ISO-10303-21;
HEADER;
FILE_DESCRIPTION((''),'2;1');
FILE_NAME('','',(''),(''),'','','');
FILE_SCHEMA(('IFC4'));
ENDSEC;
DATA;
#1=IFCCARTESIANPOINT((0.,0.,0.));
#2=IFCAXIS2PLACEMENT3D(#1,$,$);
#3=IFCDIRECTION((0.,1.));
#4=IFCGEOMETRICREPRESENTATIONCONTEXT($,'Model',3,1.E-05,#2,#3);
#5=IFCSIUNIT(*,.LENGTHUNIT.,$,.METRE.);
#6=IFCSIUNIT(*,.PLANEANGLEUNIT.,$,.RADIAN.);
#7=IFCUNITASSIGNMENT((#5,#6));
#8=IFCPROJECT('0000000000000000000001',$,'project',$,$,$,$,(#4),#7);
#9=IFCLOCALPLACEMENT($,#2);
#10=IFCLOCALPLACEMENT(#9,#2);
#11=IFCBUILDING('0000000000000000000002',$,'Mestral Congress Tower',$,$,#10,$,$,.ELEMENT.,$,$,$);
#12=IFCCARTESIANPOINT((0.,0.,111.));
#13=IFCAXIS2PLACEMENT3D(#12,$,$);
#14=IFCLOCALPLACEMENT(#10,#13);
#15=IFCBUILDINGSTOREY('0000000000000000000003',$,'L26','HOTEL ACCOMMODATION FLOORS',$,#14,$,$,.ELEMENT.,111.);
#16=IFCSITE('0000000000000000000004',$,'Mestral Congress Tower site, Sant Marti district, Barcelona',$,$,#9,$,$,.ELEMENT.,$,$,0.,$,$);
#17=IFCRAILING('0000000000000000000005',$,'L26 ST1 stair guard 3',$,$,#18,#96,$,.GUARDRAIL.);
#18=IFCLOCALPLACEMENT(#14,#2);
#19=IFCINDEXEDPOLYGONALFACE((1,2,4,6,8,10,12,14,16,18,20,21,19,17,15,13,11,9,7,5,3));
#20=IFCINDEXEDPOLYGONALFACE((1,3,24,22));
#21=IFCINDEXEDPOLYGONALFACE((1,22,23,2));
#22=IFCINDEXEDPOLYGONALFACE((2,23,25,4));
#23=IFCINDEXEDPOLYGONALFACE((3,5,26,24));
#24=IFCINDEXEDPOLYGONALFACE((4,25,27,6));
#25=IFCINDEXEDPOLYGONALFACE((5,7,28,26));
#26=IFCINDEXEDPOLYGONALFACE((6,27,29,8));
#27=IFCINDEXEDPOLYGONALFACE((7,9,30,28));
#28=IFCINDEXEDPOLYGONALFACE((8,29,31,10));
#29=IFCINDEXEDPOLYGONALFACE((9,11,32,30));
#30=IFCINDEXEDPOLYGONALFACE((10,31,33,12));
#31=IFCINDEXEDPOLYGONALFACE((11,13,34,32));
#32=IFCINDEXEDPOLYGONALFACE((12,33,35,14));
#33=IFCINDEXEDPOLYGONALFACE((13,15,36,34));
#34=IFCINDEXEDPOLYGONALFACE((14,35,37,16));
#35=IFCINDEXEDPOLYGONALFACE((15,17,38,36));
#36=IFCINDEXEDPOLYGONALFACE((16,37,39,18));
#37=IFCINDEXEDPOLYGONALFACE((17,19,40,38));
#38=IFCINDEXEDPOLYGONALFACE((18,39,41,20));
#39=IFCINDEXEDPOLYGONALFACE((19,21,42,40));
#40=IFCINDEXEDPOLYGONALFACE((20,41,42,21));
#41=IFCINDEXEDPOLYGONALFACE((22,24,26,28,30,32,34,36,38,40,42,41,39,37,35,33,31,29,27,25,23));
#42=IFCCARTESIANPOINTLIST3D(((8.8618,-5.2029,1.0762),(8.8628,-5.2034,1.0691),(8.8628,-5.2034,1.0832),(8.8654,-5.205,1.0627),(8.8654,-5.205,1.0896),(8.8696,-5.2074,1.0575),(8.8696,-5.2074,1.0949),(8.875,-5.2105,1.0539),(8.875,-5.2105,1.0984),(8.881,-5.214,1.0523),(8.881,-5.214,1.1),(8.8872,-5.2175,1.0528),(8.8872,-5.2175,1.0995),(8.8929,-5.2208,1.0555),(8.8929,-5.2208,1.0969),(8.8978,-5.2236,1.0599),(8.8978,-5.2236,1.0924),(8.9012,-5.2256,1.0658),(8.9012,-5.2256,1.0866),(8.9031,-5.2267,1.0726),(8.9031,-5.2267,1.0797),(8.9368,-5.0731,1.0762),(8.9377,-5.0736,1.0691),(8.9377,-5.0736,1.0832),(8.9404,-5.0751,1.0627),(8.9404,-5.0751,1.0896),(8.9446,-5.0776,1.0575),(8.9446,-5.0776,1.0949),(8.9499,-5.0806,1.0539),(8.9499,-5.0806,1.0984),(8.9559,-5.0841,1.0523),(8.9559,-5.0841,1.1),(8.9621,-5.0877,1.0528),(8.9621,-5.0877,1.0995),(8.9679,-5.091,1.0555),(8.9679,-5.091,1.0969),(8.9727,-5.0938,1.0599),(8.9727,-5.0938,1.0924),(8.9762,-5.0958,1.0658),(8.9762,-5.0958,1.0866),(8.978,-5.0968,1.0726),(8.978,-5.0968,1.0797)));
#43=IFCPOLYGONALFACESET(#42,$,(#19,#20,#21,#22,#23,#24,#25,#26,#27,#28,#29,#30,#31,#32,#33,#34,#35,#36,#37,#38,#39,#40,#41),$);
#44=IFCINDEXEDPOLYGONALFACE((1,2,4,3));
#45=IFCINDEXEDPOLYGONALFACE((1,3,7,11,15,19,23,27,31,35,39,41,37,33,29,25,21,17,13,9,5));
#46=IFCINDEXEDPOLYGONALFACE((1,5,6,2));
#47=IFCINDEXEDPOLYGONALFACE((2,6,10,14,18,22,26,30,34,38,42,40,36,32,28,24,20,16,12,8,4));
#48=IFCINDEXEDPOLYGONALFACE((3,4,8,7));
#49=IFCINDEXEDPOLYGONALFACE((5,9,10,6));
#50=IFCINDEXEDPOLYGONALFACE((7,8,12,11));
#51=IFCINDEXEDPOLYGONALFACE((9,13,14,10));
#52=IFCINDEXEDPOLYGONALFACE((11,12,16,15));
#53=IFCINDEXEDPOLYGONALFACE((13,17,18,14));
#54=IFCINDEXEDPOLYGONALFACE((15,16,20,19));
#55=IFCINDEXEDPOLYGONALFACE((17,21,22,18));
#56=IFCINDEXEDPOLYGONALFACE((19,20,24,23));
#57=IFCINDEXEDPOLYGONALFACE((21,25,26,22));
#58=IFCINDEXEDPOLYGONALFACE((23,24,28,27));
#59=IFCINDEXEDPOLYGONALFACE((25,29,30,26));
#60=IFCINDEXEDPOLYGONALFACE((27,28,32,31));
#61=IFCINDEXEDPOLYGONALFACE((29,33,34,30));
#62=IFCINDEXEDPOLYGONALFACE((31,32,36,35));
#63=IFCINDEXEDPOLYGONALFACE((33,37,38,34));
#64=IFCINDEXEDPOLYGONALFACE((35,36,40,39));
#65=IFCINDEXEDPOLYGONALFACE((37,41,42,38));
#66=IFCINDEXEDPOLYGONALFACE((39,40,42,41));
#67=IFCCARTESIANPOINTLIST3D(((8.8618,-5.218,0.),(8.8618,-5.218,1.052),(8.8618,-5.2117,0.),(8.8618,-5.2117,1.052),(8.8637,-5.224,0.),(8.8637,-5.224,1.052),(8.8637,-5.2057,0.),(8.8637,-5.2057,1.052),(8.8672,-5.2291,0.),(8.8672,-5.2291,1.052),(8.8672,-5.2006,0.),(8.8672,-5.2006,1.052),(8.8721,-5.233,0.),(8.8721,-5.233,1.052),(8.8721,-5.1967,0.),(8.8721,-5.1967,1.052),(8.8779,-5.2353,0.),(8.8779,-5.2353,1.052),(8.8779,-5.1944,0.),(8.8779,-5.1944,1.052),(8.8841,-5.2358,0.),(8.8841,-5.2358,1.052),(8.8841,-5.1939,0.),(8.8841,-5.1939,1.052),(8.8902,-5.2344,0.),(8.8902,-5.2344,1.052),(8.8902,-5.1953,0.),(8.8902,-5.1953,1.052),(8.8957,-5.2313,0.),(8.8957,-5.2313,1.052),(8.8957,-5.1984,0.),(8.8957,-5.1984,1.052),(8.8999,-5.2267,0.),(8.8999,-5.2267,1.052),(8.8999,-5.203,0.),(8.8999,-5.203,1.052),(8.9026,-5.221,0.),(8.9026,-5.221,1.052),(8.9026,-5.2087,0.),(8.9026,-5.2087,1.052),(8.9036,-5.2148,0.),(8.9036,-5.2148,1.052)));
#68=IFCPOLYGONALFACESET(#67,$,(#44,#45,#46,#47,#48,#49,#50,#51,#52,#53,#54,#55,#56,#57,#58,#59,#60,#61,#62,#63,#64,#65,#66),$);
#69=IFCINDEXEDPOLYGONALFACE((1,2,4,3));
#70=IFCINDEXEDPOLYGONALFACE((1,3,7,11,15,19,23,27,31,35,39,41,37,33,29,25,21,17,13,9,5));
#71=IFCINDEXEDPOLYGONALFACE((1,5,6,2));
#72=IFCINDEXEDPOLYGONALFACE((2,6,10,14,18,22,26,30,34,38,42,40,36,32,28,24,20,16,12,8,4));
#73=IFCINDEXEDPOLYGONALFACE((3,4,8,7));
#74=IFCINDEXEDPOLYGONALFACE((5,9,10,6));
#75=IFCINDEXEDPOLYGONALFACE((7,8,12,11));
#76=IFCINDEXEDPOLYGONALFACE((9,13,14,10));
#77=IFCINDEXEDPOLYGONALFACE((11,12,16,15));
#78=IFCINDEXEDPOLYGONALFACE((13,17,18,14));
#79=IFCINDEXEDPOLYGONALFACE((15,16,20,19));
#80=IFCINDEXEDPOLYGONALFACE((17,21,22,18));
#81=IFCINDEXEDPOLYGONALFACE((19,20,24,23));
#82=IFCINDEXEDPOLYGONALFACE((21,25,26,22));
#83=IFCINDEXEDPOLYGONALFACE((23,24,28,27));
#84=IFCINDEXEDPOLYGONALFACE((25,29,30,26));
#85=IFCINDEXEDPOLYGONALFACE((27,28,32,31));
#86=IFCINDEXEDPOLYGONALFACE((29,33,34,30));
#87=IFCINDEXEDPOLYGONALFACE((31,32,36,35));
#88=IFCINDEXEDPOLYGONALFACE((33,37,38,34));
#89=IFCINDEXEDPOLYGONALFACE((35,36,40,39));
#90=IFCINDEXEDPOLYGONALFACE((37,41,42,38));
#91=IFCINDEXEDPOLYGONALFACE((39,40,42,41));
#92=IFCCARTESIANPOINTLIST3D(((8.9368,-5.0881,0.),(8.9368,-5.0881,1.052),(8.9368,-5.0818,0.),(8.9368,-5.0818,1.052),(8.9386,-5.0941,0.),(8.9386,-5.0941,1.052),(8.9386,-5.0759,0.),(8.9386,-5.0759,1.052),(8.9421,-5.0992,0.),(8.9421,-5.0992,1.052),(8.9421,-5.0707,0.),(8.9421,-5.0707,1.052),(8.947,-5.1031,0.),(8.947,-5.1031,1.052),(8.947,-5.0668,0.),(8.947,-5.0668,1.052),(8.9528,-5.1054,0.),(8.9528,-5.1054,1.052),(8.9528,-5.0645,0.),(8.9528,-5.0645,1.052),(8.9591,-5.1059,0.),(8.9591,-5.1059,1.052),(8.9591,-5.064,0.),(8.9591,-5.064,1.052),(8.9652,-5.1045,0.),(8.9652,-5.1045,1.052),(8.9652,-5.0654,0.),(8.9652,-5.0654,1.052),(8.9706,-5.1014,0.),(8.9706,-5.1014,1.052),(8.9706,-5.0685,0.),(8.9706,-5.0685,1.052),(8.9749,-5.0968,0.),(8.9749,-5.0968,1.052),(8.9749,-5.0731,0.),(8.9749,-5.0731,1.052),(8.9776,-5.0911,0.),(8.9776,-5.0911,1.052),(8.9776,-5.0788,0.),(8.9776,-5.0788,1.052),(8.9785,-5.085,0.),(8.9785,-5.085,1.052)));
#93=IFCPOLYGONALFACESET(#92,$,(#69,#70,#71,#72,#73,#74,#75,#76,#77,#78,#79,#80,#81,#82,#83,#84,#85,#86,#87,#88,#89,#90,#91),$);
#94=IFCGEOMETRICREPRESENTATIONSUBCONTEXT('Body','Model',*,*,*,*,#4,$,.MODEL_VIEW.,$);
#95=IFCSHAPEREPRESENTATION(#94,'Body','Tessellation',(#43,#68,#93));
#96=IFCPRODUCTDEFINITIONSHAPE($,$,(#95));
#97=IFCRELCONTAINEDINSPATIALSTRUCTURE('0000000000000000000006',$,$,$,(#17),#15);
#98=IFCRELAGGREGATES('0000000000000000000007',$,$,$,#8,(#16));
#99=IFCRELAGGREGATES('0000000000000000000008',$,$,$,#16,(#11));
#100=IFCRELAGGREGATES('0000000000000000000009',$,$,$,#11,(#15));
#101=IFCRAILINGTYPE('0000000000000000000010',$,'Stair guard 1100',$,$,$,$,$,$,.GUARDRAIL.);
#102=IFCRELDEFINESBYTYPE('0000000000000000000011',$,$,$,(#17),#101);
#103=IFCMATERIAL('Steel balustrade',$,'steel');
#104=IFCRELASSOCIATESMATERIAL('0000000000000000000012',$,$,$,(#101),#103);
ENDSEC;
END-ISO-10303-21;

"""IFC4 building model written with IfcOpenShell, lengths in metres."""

from ifc_helpers import new_model, si_unit, direction, frame, origin, origin_2d, place, context, subcontext, project, spatial, circle, extrude, material, type_object, element, save


model = new_model("IFC4")

# Units and contexts
model_context = context("Model", 3, precision=1e-05, world=origin(), true_north=direction((0.0, 1.0)))
body_context = subcontext(model_context, "Body", "Model", "MODEL_VIEW")
ifc_project = project(units=[si_unit("LENGTHUNIT", "METRE"), si_unit("PLANEANGLEUNIT", "RADIAN")], contexts=[model_context])

# Site, building, storey
site_placement = place(None, origin())
site = spatial("IfcSite", under=ifc_project, at=site_placement, Name="Mestral Congress Tower site, Sant Marti district, Barcelona", CompositionType="ELEMENT", RefElevation=0.0)
building_placement = place(site_placement, origin())
building = spatial("IfcBuilding", under=site, at=building_placement, Name="Mestral Congress Tower", CompositionType="ELEMENT")
storey_placement = place(building_placement, frame((0.0, 0.0, 111.0)))
storey = spatial("IfcBuildingStorey", under=building, at=storey_placement, Name="L26", Description="HOTEL ACCOMMODATION FLOORS", CompositionType="ELEMENT", Elevation=111.0)

# Railing
ifc_material_1 = material(Name="Steel balustrade", Category="steel")
railing_type_1 = type_object("IfcRailingType", Name="Stair guard 1100", PredefinedType="GUARDRAIL", material=ifc_material_1)
railing_1_placement = place(storey_placement, frame((8.8826, -5.2148, 0.0)))
element("IfcRailing", 1, at=railing_1_placement, inside=storey, type_object=railing_type_1, Name="L26 ST1 stair guard 3", PredefinedType="GUARDRAIL", context=body_context, shape_type="SweptSolid", body=[
    extrude(circle(Radius=0.0239, at=origin_2d()), frame((0.0, 0.0, 1.0762), z_axis=(0.499816, 0.866131, 0.0), x_axis=(-0.866131, 0.499816, 0.0)), (0.0, 0.0, 1.0), 0.1499),
    extrude(circle(Radius=0.021, at=origin_2d()), origin(), (0.0, 0.0, 1.0), 1.052),
    extrude(circle(Radius=0.021, at=origin_2d()), frame((0.075, 0.1299, 0.0)), (0.0, 0.0, 1.0), 1.052),
])

save(model, "model.ifc")
